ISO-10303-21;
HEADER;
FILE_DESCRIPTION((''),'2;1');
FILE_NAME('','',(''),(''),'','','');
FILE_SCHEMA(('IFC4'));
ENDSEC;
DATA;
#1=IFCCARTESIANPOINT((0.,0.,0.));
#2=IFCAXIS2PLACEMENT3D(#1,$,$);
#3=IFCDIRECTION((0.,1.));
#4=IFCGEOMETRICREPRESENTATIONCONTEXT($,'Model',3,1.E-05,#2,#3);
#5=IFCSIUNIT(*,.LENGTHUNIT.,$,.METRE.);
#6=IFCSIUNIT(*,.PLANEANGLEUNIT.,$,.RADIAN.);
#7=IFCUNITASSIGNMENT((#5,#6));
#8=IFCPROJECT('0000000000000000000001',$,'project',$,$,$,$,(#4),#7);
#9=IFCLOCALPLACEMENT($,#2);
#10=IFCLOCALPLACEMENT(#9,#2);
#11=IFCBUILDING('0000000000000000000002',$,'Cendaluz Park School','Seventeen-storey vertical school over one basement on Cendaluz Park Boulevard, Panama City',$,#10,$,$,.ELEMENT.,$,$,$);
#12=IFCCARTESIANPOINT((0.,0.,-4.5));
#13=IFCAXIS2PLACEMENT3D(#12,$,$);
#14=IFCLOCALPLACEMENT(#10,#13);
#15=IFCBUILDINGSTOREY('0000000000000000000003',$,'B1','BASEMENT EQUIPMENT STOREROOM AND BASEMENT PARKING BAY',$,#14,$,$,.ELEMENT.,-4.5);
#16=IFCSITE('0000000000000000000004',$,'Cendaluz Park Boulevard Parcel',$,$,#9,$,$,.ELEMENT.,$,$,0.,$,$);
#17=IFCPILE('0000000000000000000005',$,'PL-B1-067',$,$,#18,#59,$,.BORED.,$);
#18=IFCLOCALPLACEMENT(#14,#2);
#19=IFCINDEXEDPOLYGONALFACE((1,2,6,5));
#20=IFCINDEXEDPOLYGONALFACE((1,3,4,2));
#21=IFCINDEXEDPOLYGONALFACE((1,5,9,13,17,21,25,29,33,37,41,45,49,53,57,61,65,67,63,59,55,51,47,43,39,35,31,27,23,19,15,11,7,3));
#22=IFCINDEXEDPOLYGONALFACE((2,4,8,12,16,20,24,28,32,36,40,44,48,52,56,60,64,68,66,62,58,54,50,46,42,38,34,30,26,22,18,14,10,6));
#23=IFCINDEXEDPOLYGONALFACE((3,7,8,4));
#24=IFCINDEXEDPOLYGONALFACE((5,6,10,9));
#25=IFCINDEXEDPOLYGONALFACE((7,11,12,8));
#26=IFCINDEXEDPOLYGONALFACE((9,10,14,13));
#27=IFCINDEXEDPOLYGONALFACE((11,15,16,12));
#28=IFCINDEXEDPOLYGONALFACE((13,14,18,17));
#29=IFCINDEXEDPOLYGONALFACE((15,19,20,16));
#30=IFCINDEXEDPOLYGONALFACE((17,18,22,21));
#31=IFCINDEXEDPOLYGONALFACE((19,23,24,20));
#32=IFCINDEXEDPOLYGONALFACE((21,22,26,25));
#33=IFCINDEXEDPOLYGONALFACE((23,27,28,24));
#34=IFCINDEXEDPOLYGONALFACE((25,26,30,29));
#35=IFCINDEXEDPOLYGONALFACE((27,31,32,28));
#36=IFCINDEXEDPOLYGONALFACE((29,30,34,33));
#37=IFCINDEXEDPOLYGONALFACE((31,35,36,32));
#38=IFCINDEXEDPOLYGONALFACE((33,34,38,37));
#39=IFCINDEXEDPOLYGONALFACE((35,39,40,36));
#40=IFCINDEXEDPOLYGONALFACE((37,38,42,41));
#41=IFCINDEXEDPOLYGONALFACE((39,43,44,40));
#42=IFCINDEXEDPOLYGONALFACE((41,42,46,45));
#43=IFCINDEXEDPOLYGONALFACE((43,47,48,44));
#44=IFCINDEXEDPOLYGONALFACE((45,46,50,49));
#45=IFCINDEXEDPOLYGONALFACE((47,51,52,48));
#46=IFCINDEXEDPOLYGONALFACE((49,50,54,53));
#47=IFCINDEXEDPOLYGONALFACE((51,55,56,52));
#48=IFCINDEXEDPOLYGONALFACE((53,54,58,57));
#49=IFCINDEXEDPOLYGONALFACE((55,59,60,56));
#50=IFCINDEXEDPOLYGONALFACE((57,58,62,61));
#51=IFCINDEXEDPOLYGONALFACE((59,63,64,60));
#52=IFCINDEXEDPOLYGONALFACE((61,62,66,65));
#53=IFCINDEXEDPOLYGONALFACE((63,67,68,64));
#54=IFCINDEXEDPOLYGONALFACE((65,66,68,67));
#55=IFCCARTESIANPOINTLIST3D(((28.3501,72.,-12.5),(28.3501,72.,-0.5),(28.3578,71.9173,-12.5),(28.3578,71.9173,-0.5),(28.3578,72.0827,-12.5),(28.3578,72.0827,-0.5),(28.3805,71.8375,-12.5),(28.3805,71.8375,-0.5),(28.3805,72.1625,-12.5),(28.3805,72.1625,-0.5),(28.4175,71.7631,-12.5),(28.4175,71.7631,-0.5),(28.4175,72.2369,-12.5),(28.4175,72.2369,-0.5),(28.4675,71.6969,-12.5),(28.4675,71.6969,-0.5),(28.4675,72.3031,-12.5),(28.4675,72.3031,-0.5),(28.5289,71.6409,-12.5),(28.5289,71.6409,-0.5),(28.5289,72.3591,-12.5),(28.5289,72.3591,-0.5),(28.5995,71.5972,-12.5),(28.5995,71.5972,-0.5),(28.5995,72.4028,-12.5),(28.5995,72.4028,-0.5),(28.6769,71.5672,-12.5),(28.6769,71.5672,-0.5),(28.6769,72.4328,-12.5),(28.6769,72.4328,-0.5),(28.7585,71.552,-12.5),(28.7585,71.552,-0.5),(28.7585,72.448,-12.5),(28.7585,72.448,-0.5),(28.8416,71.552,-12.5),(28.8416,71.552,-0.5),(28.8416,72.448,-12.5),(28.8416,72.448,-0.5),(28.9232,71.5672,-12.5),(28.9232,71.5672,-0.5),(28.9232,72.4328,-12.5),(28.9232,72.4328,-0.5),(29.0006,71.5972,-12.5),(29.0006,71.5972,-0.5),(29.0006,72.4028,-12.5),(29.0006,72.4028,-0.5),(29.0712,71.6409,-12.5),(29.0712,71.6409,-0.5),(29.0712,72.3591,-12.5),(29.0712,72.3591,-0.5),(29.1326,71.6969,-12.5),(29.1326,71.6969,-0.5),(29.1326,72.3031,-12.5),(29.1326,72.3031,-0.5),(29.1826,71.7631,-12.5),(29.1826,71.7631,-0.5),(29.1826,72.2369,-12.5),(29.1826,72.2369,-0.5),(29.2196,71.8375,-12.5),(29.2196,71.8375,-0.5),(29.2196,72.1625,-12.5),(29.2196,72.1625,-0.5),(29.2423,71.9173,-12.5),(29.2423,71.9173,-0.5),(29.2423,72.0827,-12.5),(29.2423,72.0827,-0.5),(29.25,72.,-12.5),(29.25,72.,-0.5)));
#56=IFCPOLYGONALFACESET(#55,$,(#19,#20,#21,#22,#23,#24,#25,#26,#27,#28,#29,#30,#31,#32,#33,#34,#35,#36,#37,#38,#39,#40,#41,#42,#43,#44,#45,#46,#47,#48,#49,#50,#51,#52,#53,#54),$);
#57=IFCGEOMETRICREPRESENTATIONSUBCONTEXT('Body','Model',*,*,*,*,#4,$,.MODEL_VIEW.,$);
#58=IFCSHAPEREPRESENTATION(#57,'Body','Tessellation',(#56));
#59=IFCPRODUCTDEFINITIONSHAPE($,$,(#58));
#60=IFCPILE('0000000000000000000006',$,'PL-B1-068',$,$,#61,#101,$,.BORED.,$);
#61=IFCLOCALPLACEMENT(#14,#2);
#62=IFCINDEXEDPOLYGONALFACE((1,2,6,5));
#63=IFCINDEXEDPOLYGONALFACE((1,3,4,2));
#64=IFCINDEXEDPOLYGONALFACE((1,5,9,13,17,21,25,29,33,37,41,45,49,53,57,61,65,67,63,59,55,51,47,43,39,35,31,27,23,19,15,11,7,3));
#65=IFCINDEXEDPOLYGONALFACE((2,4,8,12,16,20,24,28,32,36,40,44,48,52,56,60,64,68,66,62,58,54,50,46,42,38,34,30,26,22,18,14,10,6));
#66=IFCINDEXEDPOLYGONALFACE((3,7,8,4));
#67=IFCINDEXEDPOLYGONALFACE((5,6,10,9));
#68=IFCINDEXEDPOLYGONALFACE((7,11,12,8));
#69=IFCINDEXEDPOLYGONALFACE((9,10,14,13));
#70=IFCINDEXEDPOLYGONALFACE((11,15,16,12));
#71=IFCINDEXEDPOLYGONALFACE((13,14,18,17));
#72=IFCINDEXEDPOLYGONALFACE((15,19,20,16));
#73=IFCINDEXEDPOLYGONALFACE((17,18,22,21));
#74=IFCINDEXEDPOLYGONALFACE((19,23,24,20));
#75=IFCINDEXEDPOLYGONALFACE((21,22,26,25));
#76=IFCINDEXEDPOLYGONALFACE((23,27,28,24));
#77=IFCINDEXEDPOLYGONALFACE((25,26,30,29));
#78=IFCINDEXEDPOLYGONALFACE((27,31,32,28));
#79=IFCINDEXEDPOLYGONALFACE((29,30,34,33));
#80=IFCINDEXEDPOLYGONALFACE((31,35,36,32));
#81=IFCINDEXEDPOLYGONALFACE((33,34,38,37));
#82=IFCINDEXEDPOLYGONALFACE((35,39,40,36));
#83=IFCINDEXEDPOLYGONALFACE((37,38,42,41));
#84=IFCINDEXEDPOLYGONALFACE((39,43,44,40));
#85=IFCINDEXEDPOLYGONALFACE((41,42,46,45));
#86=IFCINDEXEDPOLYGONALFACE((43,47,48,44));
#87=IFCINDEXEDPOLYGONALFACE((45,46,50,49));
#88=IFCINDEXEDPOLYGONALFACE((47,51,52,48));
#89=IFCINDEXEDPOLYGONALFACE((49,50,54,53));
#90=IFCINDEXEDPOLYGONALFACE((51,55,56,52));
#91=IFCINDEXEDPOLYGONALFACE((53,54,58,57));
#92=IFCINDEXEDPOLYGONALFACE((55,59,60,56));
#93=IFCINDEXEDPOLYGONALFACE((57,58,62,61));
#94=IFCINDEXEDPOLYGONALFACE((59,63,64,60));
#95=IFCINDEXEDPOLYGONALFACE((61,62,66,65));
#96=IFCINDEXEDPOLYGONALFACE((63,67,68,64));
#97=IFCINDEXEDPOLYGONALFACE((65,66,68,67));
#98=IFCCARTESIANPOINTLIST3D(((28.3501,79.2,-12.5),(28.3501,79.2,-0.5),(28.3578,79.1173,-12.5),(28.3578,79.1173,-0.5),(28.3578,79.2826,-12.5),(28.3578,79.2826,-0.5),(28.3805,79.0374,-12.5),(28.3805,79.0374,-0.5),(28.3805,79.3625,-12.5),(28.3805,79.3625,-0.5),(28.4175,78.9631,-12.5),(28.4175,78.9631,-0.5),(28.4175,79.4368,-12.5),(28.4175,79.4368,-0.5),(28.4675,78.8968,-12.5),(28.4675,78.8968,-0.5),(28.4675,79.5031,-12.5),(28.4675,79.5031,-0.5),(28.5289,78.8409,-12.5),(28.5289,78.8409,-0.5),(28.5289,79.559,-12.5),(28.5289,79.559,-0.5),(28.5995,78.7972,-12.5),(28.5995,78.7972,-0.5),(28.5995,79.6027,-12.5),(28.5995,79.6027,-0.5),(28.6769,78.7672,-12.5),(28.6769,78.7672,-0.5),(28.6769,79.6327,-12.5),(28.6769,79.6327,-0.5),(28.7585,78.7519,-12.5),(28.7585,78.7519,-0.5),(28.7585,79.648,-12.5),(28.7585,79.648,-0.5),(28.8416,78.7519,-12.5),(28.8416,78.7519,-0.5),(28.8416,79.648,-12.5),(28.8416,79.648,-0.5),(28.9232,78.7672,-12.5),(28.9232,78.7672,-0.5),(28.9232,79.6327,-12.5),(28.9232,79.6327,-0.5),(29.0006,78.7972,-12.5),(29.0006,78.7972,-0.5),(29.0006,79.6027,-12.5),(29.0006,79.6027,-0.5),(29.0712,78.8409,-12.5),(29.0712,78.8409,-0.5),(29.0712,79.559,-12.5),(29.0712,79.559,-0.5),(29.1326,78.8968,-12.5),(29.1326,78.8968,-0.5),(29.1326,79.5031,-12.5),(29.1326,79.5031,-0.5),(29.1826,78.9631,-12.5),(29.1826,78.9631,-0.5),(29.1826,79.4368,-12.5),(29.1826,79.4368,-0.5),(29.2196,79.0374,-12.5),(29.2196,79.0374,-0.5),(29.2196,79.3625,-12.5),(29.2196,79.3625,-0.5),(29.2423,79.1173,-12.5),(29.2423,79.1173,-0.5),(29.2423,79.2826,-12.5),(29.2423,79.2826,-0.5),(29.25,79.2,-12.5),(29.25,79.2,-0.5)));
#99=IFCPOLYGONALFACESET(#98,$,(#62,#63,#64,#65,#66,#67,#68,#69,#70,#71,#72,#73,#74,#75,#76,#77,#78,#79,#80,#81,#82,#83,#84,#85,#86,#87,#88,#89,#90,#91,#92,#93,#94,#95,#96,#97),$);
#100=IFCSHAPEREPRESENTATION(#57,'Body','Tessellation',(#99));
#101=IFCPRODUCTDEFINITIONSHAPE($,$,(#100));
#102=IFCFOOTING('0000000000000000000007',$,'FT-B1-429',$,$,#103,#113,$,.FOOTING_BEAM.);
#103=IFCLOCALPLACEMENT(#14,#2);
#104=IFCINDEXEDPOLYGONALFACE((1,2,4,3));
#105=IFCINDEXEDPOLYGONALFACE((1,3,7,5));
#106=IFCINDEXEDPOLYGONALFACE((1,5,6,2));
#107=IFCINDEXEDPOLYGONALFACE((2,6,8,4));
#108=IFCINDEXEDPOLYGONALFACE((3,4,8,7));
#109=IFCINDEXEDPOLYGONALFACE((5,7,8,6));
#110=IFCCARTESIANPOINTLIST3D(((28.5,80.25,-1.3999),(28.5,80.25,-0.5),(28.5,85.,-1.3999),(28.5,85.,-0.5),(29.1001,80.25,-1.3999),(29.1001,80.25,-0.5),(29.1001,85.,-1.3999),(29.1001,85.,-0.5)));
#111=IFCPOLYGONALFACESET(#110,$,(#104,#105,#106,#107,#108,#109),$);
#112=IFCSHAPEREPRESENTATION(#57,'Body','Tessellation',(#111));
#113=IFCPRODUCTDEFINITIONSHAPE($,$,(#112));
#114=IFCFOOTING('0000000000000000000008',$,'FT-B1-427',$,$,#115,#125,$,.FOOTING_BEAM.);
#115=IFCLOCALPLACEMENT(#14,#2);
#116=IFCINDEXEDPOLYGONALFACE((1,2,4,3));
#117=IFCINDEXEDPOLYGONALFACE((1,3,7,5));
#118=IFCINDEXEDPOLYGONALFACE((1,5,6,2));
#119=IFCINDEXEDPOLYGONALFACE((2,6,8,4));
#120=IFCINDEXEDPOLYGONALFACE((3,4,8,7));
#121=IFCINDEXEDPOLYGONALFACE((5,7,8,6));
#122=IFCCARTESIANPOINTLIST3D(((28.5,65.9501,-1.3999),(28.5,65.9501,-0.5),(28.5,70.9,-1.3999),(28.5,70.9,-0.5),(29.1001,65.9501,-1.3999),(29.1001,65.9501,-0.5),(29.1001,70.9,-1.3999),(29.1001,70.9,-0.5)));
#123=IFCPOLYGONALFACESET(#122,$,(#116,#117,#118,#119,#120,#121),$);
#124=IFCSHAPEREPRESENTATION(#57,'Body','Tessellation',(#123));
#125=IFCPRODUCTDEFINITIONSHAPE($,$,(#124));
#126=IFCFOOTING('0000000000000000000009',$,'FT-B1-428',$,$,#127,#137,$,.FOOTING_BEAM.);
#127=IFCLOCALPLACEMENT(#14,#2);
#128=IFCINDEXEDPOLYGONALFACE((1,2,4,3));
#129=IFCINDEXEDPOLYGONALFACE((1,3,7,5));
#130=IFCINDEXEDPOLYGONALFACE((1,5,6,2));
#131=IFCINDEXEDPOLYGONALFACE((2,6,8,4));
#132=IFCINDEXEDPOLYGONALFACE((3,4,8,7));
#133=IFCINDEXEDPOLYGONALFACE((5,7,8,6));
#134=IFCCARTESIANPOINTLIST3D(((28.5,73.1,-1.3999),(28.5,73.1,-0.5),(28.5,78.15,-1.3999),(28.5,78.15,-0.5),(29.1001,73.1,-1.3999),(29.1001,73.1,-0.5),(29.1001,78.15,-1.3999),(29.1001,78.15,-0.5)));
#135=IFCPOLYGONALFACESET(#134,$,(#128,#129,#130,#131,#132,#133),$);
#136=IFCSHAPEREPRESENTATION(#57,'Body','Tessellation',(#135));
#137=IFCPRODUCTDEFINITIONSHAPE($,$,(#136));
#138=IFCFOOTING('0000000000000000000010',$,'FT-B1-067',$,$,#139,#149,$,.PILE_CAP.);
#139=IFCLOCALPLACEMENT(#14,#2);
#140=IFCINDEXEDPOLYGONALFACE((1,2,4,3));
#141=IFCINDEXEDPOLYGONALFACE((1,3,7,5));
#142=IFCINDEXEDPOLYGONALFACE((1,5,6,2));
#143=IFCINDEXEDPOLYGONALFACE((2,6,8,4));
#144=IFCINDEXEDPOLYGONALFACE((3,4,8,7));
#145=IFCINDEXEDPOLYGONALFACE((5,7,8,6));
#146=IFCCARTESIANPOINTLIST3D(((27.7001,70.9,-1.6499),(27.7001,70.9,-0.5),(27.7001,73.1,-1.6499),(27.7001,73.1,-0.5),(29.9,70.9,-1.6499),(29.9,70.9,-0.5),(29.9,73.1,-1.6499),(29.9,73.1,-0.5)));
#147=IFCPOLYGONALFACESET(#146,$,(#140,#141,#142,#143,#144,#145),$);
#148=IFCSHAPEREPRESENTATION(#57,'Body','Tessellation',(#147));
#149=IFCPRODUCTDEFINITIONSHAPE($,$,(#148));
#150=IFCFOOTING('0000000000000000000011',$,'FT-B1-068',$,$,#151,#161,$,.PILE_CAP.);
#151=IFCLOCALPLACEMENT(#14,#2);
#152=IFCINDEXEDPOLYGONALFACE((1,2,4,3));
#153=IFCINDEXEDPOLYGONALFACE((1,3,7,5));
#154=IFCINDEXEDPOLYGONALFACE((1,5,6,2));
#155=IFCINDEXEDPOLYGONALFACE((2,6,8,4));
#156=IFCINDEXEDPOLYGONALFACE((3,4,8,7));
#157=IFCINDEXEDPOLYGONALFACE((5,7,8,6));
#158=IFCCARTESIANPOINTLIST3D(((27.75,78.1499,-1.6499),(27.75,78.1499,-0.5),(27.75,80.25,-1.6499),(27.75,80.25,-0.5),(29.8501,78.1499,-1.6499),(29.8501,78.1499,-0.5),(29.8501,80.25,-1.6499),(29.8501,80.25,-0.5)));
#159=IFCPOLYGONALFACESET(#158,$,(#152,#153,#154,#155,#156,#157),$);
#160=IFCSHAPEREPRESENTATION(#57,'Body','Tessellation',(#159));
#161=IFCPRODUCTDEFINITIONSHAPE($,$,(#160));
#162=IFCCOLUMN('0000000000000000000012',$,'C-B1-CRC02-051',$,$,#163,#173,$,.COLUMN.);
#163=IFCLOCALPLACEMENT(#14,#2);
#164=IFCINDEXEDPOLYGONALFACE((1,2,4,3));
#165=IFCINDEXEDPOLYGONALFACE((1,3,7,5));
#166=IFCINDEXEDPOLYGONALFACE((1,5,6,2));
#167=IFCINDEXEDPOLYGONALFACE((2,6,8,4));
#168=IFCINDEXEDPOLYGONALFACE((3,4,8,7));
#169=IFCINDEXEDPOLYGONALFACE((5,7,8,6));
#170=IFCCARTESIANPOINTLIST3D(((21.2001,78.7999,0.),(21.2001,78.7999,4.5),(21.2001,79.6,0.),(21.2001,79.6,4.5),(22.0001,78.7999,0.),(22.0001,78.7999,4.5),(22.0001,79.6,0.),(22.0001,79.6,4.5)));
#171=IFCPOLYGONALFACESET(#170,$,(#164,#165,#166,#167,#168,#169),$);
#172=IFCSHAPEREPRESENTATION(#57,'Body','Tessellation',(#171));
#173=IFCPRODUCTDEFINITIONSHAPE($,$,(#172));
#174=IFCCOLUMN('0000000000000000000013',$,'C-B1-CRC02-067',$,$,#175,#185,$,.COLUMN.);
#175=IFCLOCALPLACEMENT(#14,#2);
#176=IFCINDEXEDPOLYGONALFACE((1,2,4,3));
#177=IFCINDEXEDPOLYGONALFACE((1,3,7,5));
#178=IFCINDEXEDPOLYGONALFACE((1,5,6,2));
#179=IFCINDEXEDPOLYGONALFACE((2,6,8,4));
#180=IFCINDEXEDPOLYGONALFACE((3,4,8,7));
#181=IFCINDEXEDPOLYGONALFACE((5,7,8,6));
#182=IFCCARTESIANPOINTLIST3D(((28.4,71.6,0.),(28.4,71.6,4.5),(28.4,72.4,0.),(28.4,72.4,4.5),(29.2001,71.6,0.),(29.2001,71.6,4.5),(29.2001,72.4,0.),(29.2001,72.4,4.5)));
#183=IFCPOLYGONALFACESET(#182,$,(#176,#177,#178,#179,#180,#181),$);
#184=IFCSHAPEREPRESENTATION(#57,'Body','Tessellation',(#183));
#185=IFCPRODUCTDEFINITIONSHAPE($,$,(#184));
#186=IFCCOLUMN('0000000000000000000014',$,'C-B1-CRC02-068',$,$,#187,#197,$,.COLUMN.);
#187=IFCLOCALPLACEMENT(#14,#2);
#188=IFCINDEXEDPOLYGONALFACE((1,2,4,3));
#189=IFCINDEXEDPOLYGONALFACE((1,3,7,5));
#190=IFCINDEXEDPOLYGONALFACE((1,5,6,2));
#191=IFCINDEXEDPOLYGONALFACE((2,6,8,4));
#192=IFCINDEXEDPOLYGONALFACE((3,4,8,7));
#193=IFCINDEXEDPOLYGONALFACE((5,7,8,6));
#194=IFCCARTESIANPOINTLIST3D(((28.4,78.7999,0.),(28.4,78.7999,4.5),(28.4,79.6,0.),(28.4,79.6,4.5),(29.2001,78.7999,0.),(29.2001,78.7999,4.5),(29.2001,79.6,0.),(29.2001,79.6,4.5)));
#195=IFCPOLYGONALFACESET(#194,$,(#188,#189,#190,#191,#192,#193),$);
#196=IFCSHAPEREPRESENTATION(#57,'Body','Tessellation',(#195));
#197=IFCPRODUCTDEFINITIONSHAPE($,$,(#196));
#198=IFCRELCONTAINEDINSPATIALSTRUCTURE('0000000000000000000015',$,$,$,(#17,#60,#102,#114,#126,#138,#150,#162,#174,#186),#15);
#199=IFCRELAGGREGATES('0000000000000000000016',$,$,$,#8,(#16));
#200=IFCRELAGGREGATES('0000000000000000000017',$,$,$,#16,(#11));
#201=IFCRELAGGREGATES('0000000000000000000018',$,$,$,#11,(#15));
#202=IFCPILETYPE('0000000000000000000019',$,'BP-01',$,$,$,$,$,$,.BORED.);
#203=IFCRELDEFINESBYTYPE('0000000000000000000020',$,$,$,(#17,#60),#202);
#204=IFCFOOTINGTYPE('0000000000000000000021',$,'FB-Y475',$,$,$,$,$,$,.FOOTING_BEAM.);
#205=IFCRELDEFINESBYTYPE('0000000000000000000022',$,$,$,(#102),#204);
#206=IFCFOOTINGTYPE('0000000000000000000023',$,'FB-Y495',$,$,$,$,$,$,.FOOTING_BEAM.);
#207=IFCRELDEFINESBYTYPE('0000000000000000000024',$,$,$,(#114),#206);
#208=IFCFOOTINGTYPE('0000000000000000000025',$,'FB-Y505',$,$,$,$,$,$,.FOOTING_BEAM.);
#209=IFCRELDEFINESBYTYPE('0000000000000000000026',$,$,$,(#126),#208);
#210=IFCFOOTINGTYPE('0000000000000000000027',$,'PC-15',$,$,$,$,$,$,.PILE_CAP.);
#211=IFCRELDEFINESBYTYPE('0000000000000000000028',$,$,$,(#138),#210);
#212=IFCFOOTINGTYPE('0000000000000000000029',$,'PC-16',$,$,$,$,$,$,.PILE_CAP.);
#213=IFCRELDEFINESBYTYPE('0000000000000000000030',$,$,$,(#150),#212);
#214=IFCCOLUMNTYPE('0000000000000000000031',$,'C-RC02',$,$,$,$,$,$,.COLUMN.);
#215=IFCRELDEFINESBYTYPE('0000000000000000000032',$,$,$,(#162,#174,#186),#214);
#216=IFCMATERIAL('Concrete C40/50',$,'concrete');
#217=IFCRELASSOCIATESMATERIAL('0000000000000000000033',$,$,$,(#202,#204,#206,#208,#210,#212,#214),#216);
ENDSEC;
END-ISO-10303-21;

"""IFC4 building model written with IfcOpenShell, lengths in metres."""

from ifc_helpers import new_model, si_unit, direction, frame, origin, origin_2d, place, context, subcontext, project, spatial, rectangle, circle, extrude, material, material_profile, profile_set, type_object, element, save


model = new_model("IFC4")

# Units and contexts
model_context = context("Model", 3, precision=1e-05, world=origin(), true_north=direction((0.0, 1.0)))
body_context = subcontext(model_context, "Body", "Model", "MODEL_VIEW")
ifc_project = project(units=[si_unit("LENGTHUNIT", "METRE"), si_unit("PLANEANGLEUNIT", "RADIAN")], contexts=[model_context])

# Site, building, storey
site_placement = place(None, origin())
site = spatial("IfcSite", under=ifc_project, at=site_placement, Name="Cendaluz Park Boulevard Parcel", CompositionType="ELEMENT", RefElevation=0.0)
building_placement = place(site_placement, origin())
building = spatial("IfcBuilding", under=site, at=building_placement, Name="Cendaluz Park School", Description="Seventeen-storey vertical school over one basement on Cendaluz Park Boulevard, Panama City", CompositionType="ELEMENT")
storey_placement = place(building_placement, frame((0.0, 0.0, -4.5)))
storey = spatial("IfcBuildingStorey", under=building, at=storey_placement, Name="B1", Description="BASEMENT EQUIPMENT STOREROOM AND BASEMENT PARKING BAY", CompositionType="ELEMENT", Elevation=-4.5)

# Piles
ifc_material_1 = material(Name="Concrete C40/50", Category="concrete")
ifc_material_profile_1 = material_profile(ifc_material_1, circle(Radius=0.45, at=origin_2d()), Name="BP D900", Category="concrete")
ifc_profile_set_1 = profile_set([ifc_material_profile_1], Name="Concrete C40/50")
pile_type = type_object("IfcPileType", Name="BP-01", PredefinedType="BORED", material=ifc_profile_set_1)
for number, where, z_axis, x_axis, name in (
    (1, (28.8, 72.0, -0.5), (0.0, 0.0, -1.0), (1.0, 0.0, 0.0), "PL-B1-067"),
    (2, (28.8, 79.2, -0.5), (0.0, 0.0, -1.0), (1.0, 0.0, 0.0), "PL-B1-068"),
):
    element("IfcPile", number, at=place(storey_placement, frame(where, z_axis=z_axis, x_axis=x_axis)), inside=storey, type_object=pile_type, Name=name, PredefinedType="BORED", context=body_context, shape_type="SweptSolid", body=[
        extrude(circle(Radius=0.45, at=origin_2d()), origin(), (0.0, 0.0, 1.0), 12.0),
    ])

# Footings
footing_type_1 = type_object("IfcFootingType", Name="FB-Y475", PredefinedType="FOOTING_BEAM", material=ifc_material_1)
footing_1_placement = place(storey_placement, frame((28.8, 82.625, -1.3999), z_axis=(0.0, 0.0, 1.0), x_axis=(1.0, 0.0, 0.0)))
element("IfcFooting", 3, at=footing_1_placement, inside=storey, type_object=footing_type_1, Name="FT-B1-429", PredefinedType="FOOTING_BEAM", context=body_context, shape_type="SweptSolid", body=[
    extrude(rectangle(XDim=0.6001, YDim=4.75, at=origin_2d()), origin(), (0.0, 0.0, 1.0), 0.8999),
])
footing_type_2 = type_object("IfcFootingType", Name="FB-Y495", PredefinedType="FOOTING_BEAM", material=ifc_material_1)
footing_2_placement = place(storey_placement, frame((28.8, 68.425, -1.3999), z_axis=(0.0, 0.0, 1.0), x_axis=(1.0, 0.0, 0.0)))
element("IfcFooting", 4, at=footing_2_placement, inside=storey, type_object=footing_type_2, Name="FT-B1-427", PredefinedType="FOOTING_BEAM", context=body_context, shape_type="SweptSolid", body=[
    extrude(rectangle(XDim=0.6001, YDim=4.95, at=origin_2d()), origin(), (0.0, 0.0, 1.0), 0.8999),
])
footing_type_3 = type_object("IfcFootingType", Name="FB-Y505", PredefinedType="FOOTING_BEAM", material=ifc_material_1)
footing_3_placement = place(storey_placement, frame((28.8, 75.625, -1.3999), z_axis=(0.0, 0.0, 1.0), x_axis=(1.0, 0.0, 0.0)))
element("IfcFooting", 5, at=footing_3_placement, inside=storey, type_object=footing_type_3, Name="FT-B1-428", PredefinedType="FOOTING_BEAM", context=body_context, shape_type="SweptSolid", body=[
    extrude(rectangle(XDim=0.6001, YDim=5.05, at=origin_2d()), origin(), (0.0, 0.0, 1.0), 0.8999),
])
footing_type_4 = type_object("IfcFootingType", Name="PC-15", PredefinedType="PILE_CAP", material=ifc_material_1)
footing_4_placement = place(storey_placement, frame((28.8, 72.0, -1.6499), z_axis=(0.0, 0.0, 1.0), x_axis=(1.0, 0.0, 0.0)))
element("IfcFooting", 6, at=footing_4_placement, inside=storey, type_object=footing_type_4, Name="FT-B1-067", PredefinedType="PILE_CAP", context=body_context, shape_type="SweptSolid", body=[
    extrude(rectangle(XDim=2.2, YDim=2.2, at=origin_2d()), origin(), (0.0, 0.0, 1.0), 1.1499),
])
footing_type_5 = type_object("IfcFootingType", Name="PC-16", PredefinedType="PILE_CAP", material=ifc_material_1)
footing_5_placement = place(storey_placement, frame((28.8, 79.2, -1.6499), z_axis=(0.0, 0.0, 1.0), x_axis=(1.0, 0.0, 0.0)))
element("IfcFooting", 7, at=footing_5_placement, inside=storey, type_object=footing_type_5, Name="FT-B1-068", PredefinedType="PILE_CAP", context=body_context, shape_type="SweptSolid", body=[
    extrude(rectangle(XDim=2.1001, YDim=2.1001, at=origin_2d()), origin(), (0.0, 0.0, 1.0), 1.1499),
])

# Columns
ifc_material_profile_2 = material_profile(ifc_material_1, rectangle(XDim=0.8, YDim=0.8, at=origin_2d()), Name="RC 800x800", Category="concrete")
ifc_profile_set_2 = profile_set([ifc_material_profile_2], Name="Concrete C40/50")
column_type = type_object("IfcColumnType", Name="C-RC02", PredefinedType="COLUMN", material=ifc_profile_set_2)
for number, where, z_axis, x_axis, name in (
    (8, (21.6001, 79.2, 0.0), (0.0, 0.0, 1.0), (1.0, 0.0, 0.0), "C-B1-CRC02-051"),
    (9, (28.8, 72.0, 0.0), (0.0, 0.0, 1.0), (1.0, 0.0, 0.0), "C-B1-CRC02-067"),
    (10, (28.8, 79.2, 0.0), (0.0, 0.0, 1.0), (1.0, 0.0, 0.0), "C-B1-CRC02-068"),
):
    element("IfcColumn", number, at=place(storey_placement, frame(where, z_axis=z_axis, x_axis=x_axis)), inside=storey, type_object=column_type, Name=name, PredefinedType="COLUMN", context=body_context, shape_type="SweptSolid", body=[
        extrude(rectangle(XDim=0.8, YDim=0.8, at=origin_2d()), origin(), (0.0, 0.0, 1.0), 4.5),
    ])

save(model, "model.ifc")
